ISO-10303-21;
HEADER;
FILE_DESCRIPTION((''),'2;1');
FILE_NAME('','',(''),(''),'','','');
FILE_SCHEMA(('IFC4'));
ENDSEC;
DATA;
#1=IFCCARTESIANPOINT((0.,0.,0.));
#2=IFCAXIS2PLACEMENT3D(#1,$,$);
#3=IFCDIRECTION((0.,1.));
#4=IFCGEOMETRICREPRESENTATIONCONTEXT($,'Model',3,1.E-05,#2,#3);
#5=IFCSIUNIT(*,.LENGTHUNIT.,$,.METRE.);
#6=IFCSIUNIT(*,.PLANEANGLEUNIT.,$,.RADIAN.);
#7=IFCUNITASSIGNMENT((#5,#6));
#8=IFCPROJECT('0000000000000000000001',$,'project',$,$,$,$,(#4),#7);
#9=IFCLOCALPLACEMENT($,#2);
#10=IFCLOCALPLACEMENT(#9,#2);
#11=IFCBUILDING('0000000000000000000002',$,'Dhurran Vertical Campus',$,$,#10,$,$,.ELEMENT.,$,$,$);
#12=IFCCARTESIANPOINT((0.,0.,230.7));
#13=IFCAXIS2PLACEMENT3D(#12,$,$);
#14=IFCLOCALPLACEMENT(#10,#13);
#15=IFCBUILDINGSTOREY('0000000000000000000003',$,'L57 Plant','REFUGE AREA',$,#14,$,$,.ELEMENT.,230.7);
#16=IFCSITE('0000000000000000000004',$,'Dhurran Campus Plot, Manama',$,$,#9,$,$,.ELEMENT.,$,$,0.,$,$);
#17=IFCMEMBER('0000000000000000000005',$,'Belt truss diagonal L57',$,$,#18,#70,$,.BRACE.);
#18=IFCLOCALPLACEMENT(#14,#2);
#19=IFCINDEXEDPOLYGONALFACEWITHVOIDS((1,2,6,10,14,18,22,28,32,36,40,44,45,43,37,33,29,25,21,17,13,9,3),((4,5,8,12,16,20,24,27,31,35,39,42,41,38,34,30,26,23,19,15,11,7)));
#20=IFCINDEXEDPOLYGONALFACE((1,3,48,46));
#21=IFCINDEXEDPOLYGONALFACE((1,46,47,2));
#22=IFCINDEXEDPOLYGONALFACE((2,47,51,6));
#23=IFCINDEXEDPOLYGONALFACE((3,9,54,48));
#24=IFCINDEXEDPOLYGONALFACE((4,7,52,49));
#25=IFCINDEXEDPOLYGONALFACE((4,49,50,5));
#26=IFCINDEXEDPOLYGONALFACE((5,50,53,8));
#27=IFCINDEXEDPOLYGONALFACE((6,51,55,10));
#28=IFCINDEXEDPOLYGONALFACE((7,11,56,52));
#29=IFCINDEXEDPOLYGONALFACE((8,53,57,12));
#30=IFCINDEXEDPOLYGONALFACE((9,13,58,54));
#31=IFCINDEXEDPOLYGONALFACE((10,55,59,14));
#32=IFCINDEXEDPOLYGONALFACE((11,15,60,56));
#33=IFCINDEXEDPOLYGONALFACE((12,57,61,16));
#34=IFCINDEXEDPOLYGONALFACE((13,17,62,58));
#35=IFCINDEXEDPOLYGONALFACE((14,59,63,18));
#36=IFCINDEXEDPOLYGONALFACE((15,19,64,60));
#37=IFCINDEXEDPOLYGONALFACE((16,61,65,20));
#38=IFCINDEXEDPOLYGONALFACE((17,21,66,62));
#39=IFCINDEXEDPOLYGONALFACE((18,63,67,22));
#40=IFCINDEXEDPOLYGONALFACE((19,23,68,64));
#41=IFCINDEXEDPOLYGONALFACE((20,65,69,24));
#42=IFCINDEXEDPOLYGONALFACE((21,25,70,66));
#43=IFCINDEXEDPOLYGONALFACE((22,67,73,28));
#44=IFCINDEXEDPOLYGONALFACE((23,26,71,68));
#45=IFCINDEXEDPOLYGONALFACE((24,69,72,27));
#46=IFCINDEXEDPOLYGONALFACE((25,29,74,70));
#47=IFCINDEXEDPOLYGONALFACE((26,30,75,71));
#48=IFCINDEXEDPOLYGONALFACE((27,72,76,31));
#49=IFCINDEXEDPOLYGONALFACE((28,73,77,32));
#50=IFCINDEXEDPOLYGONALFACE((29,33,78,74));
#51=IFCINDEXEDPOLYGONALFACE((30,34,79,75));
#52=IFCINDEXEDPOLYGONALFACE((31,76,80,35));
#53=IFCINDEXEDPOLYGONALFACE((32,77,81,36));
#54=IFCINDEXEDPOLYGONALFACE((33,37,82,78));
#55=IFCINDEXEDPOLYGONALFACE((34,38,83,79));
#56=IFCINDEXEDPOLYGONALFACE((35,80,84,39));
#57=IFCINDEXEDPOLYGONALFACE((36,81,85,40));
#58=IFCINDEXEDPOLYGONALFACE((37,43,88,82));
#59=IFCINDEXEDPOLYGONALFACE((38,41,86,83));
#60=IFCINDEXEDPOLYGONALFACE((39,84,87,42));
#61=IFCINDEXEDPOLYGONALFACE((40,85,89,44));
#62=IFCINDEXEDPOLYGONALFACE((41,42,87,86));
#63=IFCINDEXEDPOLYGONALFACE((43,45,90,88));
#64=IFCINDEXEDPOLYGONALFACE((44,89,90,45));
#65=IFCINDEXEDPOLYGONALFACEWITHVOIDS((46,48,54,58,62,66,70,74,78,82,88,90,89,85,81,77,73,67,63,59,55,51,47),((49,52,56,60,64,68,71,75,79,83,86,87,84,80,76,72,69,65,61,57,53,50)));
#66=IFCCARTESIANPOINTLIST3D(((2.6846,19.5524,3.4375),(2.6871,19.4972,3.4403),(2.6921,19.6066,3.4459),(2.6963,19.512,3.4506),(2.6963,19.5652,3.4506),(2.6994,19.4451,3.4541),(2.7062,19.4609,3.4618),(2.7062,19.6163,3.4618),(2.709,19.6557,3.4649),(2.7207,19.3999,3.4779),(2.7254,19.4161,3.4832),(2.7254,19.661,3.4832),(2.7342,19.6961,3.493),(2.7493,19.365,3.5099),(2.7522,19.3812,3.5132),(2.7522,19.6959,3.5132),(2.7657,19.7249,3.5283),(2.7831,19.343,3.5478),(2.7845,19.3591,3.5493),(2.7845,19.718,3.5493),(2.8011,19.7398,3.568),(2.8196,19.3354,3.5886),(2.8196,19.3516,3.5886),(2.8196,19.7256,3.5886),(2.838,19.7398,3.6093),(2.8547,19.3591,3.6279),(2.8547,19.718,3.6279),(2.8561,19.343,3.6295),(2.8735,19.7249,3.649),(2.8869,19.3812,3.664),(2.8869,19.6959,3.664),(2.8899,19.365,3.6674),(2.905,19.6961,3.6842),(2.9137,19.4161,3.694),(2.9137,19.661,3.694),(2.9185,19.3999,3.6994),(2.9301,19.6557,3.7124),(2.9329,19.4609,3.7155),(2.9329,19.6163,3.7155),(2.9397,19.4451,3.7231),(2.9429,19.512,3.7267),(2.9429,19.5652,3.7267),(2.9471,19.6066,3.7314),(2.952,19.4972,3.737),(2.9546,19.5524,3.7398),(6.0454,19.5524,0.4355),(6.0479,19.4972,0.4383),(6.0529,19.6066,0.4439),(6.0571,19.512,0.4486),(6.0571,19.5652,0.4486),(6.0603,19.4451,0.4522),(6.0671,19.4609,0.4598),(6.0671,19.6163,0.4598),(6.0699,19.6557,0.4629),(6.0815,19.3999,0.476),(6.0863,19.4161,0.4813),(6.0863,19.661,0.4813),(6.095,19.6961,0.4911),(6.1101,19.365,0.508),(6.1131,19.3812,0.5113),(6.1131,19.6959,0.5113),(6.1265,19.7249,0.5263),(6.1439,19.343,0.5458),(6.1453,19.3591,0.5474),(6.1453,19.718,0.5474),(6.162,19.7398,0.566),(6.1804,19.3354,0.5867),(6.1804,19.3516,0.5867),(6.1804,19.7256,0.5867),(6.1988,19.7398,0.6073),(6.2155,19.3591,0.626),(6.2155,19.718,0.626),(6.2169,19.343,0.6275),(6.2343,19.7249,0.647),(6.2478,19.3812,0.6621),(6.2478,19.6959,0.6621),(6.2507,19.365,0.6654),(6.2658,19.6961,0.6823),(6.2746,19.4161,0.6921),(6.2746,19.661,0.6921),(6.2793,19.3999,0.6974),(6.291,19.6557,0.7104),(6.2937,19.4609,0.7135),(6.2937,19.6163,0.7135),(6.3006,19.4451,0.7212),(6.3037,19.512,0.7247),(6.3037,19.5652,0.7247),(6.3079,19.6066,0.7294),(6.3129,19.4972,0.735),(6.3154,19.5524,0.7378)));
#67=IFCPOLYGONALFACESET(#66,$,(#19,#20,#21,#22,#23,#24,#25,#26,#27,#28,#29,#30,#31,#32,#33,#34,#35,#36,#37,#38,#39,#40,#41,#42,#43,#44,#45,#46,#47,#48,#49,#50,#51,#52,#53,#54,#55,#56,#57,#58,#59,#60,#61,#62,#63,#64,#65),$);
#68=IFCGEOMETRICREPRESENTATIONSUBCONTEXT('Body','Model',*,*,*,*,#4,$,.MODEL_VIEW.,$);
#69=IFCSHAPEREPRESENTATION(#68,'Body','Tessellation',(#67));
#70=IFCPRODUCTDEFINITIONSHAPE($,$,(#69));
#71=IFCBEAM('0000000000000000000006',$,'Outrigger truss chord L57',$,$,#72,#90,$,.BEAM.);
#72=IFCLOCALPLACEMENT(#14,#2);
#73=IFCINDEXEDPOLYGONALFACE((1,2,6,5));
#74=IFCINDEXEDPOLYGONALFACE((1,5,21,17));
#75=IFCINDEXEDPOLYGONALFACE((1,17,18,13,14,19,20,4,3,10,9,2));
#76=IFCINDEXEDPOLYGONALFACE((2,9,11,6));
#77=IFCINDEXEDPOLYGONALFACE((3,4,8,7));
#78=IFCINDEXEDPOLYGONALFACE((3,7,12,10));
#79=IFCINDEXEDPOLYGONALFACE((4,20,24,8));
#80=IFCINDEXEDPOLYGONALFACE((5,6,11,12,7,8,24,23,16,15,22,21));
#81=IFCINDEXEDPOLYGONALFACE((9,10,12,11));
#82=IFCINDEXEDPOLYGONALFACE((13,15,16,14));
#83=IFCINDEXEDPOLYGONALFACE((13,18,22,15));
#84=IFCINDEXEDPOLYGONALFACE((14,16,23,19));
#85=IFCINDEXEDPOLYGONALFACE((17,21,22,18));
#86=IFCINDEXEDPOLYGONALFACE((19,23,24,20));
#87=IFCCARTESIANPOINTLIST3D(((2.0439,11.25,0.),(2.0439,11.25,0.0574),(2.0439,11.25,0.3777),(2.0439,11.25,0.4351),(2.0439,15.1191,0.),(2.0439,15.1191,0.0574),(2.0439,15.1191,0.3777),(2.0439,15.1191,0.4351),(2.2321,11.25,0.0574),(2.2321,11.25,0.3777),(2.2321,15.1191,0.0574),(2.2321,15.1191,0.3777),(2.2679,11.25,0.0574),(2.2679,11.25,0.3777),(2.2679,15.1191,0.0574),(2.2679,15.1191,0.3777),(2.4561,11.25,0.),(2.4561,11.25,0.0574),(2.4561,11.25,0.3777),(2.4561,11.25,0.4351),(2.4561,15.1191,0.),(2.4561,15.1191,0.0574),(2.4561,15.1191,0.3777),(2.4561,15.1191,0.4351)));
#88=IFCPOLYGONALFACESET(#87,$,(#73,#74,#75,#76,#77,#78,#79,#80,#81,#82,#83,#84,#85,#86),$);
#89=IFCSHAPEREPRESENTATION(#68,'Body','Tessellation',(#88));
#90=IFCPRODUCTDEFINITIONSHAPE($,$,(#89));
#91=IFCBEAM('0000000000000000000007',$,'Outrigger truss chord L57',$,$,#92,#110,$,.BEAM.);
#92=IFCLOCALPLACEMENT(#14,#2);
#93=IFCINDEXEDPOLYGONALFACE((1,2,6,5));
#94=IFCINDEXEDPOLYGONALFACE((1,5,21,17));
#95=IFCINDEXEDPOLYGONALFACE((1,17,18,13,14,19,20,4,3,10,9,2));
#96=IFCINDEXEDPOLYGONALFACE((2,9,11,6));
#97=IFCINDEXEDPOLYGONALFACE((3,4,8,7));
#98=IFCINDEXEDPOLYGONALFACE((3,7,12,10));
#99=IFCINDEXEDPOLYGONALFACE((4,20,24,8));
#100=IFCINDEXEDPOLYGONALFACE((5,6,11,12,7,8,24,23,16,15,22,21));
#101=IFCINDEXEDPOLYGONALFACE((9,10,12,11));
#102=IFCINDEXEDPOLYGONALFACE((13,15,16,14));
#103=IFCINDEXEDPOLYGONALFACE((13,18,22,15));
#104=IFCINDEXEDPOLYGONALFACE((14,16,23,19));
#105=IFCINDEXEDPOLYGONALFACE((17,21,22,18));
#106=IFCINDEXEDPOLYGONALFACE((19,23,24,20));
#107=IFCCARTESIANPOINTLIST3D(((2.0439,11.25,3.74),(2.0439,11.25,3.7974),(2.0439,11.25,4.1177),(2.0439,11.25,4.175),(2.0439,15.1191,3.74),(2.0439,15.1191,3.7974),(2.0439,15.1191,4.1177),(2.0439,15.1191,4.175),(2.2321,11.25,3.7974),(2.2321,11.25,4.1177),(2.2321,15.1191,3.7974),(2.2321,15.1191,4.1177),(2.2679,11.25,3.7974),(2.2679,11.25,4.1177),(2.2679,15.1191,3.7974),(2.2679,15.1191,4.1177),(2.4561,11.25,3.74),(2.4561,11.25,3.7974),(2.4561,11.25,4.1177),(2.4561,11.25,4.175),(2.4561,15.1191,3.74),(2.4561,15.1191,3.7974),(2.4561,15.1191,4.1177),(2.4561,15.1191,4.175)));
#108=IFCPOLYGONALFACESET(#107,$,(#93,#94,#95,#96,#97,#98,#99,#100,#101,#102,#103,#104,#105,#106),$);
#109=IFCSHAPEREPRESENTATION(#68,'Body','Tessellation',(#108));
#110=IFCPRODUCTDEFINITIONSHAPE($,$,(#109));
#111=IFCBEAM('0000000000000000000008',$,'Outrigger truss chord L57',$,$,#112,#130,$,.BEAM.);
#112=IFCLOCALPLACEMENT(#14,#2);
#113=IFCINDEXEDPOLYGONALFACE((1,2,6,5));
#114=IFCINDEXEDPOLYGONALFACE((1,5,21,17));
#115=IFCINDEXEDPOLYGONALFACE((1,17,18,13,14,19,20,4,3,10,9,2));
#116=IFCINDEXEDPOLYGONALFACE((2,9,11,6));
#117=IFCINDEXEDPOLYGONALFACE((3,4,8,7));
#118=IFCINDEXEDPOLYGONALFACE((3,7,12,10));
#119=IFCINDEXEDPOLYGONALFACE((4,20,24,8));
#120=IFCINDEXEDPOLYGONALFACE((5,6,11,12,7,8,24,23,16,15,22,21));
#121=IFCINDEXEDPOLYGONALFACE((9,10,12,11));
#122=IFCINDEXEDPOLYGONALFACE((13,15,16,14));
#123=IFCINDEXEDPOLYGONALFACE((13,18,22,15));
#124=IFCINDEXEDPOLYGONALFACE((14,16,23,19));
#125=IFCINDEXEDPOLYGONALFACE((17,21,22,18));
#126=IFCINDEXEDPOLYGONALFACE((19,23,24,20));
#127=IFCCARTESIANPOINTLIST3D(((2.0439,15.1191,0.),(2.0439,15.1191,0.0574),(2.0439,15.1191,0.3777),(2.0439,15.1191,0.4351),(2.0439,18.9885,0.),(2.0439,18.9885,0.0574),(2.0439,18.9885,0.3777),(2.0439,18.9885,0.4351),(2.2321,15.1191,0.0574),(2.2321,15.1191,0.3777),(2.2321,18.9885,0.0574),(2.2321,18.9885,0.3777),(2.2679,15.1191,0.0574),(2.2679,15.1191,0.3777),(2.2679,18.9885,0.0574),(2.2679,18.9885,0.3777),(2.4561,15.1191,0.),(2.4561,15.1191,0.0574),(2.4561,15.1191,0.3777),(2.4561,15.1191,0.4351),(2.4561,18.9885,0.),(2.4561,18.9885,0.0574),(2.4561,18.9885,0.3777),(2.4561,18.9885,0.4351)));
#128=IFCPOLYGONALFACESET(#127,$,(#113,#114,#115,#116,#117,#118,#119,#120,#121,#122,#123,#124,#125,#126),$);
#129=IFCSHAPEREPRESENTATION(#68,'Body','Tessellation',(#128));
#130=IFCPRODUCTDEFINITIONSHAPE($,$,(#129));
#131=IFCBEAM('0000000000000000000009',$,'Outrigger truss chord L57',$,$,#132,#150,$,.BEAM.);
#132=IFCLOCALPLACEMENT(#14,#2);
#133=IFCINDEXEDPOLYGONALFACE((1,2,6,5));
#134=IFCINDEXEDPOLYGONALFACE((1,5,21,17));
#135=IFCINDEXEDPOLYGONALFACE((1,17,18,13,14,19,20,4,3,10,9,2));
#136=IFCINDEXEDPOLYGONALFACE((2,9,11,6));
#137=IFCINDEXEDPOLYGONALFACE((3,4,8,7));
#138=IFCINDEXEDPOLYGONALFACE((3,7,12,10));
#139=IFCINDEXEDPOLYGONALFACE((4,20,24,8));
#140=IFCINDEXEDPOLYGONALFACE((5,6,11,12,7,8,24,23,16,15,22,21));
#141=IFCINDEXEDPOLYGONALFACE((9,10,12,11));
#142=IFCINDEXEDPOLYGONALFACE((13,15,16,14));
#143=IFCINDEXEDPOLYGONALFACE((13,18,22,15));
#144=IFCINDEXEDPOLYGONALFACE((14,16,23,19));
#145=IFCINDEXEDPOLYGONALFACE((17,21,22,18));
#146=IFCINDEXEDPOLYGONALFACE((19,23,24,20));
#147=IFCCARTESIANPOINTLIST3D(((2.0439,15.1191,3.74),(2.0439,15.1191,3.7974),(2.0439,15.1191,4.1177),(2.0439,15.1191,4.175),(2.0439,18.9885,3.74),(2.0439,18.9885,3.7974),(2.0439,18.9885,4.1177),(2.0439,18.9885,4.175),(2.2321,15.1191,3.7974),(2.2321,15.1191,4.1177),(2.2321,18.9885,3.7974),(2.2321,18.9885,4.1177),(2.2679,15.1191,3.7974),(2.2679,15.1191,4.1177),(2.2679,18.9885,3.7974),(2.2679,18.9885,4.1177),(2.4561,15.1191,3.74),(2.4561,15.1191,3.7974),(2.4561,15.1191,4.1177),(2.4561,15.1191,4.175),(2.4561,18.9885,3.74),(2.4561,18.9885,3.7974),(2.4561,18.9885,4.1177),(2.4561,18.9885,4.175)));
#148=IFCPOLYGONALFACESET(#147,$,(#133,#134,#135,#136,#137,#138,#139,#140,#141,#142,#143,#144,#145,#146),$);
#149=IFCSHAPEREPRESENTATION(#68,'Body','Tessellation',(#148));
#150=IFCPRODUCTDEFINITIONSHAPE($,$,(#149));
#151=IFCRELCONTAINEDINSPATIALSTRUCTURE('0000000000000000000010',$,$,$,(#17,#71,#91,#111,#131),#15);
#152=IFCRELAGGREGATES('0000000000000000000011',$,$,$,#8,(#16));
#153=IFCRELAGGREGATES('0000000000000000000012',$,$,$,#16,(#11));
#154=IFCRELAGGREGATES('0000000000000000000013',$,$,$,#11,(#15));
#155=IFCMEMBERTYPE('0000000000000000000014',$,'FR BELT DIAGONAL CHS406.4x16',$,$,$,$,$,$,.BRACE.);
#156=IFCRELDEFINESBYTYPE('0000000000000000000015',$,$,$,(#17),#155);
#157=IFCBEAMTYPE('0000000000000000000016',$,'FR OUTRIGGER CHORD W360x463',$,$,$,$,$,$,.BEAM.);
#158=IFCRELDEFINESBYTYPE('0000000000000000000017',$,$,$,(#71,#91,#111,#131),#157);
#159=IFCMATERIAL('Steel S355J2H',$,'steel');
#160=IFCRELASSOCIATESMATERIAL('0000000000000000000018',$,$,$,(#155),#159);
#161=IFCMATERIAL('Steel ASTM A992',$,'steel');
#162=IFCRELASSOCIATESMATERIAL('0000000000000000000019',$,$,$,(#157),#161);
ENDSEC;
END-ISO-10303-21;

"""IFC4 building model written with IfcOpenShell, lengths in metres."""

from ifc_helpers import new_model, si_unit, direction, frame, origin, origin_2d, place, context, subcontext, project, spatial, hollow_circle, i_section, extrude, material, material_profile, profile_set, type_object, element, save


model = new_model("IFC4")

# Units and contexts
model_context = context("Model", 3, precision=1e-05, world=origin(), true_north=direction((0.0, 1.0)))
body_context = subcontext(model_context, "Body", "Model", "MODEL_VIEW")
ifc_project = project(units=[si_unit("LENGTHUNIT", "METRE"), si_unit("PLANEANGLEUNIT", "RADIAN")], contexts=[model_context])

# Site, building, storey
site_placement = place(None, origin())
site = spatial("IfcSite", under=ifc_project, at=site_placement, Name="Dhurran Campus Plot, Manama", CompositionType="ELEMENT", RefElevation=0.0)
building_placement = place(site_placement, origin())
building = spatial("IfcBuilding", under=site, at=building_placement, Name="Dhurran Vertical Campus", CompositionType="ELEMENT")
storey_placement = place(building_placement, frame((0.0, 0.0, 230.7)))
storey = spatial("IfcBuildingStorey", under=building, at=storey_placement, Name="L57 Plant", Description="REFUGE AREA", CompositionType="ELEMENT", Elevation=230.7)

# Member
ifc_material_1 = material(Name="Steel S355J2H", Category="steel")
ifc_material_profile_1 = material_profile(ifc_material_1, hollow_circle(Radius=0.2031, WallThickness=0.0161, at=origin_2d()), Name="CHS406.4x16")
ifc_profile_set_1 = profile_set([ifc_material_profile_1], Name="Steel S355J2H")
member_type_1 = type_object("IfcMemberType", Name="FR BELT DIAGONAL CHS406.4x16", PredefinedType="BRACE", material=ifc_profile_set_1)
for number, where, z_axis, x_axis, name in (
    (1, (6.1804, 19.5386, 0.5867), (-0.745805, 0.0, 0.666164), (0.0, -1.0, 0.0), "Belt truss diagonal L57"),
):
    element("IfcMember", number, at=place(storey_placement, frame(where, z_axis=z_axis, x_axis=x_axis)), inside=storey, type_object=member_type_1, Name=name, PredefinedType="BRACE", context=body_context, shape_type="SweptSolid", body=[
        extrude(hollow_circle(Radius=0.2031, WallThickness=0.0161, at=origin_2d()), origin(), (0.0, 0.0, 1.0), 4.5063),
    ])

# Beams
ifc_material_2 = material(Name="Steel ASTM A992", Category="steel")
ifc_material_profile_2 = material_profile(ifc_material_2, i_section(OverallWidth=0.4121, OverallDepth=0.4351, WebThickness=0.0359, FlangeThickness=0.0574, at=origin_2d()), Name="W360x463")
ifc_profile_set_2 = profile_set([ifc_material_profile_2], Name="Steel ASTM A992")
beam_type_1 = type_object("IfcBeamType", Name="FR OUTRIGGER CHORD W360x463", PredefinedType="BEAM", material=ifc_profile_set_2)
for number, where, z_axis, x_axis, name in (
    (2, (2.25, 11.25, 0.2175), (0.0, 1.0, 0.0), (-1.0, 0.0, 0.0), "Outrigger truss chord L57"),
    (3, (2.25, 11.25, 3.9575), (0.0, 1.0, 0.0), (-1.0, 0.0, 0.0), "Outrigger truss chord L57"),
):
    element("IfcBeam", number, at=place(storey_placement, frame(where, z_axis=z_axis, x_axis=x_axis)), inside=storey, type_object=beam_type_1, Name=name, PredefinedType="BEAM", context=body_context, shape_type="SweptSolid", body=[
        extrude(i_section(OverallWidth=0.4121, OverallDepth=0.4351, WebThickness=0.0359, FlangeThickness=0.0574, at=origin_2d()), origin(), (0.0, 0.0, 1.0), 3.8691),
    ])
for number, where, z_axis, x_axis, name in (
    (4, (2.25, 15.1191, 0.2175), (0.0, 1.0, 0.0), (-1.0, 0.0, 0.0), "Outrigger truss chord L57"),
    (5, (2.25, 15.1191, 3.9575), (0.0, 1.0, 0.0), (-1.0, 0.0, 0.0), "Outrigger truss chord L57"),
):
    element("IfcBeam", number, at=place(storey_placement, frame(where, z_axis=z_axis, x_axis=x_axis)), inside=storey, type_object=beam_type_1, Name=name, PredefinedType="BEAM", context=body_context, shape_type="SweptSolid", body=[
        extrude(i_section(OverallWidth=0.4121, OverallDepth=0.4351, WebThickness=0.0359, FlangeThickness=0.0574, at=origin_2d()), origin(), (0.0, 0.0, 1.0), 3.8694),
    ])

save(model, "model.ifc")
